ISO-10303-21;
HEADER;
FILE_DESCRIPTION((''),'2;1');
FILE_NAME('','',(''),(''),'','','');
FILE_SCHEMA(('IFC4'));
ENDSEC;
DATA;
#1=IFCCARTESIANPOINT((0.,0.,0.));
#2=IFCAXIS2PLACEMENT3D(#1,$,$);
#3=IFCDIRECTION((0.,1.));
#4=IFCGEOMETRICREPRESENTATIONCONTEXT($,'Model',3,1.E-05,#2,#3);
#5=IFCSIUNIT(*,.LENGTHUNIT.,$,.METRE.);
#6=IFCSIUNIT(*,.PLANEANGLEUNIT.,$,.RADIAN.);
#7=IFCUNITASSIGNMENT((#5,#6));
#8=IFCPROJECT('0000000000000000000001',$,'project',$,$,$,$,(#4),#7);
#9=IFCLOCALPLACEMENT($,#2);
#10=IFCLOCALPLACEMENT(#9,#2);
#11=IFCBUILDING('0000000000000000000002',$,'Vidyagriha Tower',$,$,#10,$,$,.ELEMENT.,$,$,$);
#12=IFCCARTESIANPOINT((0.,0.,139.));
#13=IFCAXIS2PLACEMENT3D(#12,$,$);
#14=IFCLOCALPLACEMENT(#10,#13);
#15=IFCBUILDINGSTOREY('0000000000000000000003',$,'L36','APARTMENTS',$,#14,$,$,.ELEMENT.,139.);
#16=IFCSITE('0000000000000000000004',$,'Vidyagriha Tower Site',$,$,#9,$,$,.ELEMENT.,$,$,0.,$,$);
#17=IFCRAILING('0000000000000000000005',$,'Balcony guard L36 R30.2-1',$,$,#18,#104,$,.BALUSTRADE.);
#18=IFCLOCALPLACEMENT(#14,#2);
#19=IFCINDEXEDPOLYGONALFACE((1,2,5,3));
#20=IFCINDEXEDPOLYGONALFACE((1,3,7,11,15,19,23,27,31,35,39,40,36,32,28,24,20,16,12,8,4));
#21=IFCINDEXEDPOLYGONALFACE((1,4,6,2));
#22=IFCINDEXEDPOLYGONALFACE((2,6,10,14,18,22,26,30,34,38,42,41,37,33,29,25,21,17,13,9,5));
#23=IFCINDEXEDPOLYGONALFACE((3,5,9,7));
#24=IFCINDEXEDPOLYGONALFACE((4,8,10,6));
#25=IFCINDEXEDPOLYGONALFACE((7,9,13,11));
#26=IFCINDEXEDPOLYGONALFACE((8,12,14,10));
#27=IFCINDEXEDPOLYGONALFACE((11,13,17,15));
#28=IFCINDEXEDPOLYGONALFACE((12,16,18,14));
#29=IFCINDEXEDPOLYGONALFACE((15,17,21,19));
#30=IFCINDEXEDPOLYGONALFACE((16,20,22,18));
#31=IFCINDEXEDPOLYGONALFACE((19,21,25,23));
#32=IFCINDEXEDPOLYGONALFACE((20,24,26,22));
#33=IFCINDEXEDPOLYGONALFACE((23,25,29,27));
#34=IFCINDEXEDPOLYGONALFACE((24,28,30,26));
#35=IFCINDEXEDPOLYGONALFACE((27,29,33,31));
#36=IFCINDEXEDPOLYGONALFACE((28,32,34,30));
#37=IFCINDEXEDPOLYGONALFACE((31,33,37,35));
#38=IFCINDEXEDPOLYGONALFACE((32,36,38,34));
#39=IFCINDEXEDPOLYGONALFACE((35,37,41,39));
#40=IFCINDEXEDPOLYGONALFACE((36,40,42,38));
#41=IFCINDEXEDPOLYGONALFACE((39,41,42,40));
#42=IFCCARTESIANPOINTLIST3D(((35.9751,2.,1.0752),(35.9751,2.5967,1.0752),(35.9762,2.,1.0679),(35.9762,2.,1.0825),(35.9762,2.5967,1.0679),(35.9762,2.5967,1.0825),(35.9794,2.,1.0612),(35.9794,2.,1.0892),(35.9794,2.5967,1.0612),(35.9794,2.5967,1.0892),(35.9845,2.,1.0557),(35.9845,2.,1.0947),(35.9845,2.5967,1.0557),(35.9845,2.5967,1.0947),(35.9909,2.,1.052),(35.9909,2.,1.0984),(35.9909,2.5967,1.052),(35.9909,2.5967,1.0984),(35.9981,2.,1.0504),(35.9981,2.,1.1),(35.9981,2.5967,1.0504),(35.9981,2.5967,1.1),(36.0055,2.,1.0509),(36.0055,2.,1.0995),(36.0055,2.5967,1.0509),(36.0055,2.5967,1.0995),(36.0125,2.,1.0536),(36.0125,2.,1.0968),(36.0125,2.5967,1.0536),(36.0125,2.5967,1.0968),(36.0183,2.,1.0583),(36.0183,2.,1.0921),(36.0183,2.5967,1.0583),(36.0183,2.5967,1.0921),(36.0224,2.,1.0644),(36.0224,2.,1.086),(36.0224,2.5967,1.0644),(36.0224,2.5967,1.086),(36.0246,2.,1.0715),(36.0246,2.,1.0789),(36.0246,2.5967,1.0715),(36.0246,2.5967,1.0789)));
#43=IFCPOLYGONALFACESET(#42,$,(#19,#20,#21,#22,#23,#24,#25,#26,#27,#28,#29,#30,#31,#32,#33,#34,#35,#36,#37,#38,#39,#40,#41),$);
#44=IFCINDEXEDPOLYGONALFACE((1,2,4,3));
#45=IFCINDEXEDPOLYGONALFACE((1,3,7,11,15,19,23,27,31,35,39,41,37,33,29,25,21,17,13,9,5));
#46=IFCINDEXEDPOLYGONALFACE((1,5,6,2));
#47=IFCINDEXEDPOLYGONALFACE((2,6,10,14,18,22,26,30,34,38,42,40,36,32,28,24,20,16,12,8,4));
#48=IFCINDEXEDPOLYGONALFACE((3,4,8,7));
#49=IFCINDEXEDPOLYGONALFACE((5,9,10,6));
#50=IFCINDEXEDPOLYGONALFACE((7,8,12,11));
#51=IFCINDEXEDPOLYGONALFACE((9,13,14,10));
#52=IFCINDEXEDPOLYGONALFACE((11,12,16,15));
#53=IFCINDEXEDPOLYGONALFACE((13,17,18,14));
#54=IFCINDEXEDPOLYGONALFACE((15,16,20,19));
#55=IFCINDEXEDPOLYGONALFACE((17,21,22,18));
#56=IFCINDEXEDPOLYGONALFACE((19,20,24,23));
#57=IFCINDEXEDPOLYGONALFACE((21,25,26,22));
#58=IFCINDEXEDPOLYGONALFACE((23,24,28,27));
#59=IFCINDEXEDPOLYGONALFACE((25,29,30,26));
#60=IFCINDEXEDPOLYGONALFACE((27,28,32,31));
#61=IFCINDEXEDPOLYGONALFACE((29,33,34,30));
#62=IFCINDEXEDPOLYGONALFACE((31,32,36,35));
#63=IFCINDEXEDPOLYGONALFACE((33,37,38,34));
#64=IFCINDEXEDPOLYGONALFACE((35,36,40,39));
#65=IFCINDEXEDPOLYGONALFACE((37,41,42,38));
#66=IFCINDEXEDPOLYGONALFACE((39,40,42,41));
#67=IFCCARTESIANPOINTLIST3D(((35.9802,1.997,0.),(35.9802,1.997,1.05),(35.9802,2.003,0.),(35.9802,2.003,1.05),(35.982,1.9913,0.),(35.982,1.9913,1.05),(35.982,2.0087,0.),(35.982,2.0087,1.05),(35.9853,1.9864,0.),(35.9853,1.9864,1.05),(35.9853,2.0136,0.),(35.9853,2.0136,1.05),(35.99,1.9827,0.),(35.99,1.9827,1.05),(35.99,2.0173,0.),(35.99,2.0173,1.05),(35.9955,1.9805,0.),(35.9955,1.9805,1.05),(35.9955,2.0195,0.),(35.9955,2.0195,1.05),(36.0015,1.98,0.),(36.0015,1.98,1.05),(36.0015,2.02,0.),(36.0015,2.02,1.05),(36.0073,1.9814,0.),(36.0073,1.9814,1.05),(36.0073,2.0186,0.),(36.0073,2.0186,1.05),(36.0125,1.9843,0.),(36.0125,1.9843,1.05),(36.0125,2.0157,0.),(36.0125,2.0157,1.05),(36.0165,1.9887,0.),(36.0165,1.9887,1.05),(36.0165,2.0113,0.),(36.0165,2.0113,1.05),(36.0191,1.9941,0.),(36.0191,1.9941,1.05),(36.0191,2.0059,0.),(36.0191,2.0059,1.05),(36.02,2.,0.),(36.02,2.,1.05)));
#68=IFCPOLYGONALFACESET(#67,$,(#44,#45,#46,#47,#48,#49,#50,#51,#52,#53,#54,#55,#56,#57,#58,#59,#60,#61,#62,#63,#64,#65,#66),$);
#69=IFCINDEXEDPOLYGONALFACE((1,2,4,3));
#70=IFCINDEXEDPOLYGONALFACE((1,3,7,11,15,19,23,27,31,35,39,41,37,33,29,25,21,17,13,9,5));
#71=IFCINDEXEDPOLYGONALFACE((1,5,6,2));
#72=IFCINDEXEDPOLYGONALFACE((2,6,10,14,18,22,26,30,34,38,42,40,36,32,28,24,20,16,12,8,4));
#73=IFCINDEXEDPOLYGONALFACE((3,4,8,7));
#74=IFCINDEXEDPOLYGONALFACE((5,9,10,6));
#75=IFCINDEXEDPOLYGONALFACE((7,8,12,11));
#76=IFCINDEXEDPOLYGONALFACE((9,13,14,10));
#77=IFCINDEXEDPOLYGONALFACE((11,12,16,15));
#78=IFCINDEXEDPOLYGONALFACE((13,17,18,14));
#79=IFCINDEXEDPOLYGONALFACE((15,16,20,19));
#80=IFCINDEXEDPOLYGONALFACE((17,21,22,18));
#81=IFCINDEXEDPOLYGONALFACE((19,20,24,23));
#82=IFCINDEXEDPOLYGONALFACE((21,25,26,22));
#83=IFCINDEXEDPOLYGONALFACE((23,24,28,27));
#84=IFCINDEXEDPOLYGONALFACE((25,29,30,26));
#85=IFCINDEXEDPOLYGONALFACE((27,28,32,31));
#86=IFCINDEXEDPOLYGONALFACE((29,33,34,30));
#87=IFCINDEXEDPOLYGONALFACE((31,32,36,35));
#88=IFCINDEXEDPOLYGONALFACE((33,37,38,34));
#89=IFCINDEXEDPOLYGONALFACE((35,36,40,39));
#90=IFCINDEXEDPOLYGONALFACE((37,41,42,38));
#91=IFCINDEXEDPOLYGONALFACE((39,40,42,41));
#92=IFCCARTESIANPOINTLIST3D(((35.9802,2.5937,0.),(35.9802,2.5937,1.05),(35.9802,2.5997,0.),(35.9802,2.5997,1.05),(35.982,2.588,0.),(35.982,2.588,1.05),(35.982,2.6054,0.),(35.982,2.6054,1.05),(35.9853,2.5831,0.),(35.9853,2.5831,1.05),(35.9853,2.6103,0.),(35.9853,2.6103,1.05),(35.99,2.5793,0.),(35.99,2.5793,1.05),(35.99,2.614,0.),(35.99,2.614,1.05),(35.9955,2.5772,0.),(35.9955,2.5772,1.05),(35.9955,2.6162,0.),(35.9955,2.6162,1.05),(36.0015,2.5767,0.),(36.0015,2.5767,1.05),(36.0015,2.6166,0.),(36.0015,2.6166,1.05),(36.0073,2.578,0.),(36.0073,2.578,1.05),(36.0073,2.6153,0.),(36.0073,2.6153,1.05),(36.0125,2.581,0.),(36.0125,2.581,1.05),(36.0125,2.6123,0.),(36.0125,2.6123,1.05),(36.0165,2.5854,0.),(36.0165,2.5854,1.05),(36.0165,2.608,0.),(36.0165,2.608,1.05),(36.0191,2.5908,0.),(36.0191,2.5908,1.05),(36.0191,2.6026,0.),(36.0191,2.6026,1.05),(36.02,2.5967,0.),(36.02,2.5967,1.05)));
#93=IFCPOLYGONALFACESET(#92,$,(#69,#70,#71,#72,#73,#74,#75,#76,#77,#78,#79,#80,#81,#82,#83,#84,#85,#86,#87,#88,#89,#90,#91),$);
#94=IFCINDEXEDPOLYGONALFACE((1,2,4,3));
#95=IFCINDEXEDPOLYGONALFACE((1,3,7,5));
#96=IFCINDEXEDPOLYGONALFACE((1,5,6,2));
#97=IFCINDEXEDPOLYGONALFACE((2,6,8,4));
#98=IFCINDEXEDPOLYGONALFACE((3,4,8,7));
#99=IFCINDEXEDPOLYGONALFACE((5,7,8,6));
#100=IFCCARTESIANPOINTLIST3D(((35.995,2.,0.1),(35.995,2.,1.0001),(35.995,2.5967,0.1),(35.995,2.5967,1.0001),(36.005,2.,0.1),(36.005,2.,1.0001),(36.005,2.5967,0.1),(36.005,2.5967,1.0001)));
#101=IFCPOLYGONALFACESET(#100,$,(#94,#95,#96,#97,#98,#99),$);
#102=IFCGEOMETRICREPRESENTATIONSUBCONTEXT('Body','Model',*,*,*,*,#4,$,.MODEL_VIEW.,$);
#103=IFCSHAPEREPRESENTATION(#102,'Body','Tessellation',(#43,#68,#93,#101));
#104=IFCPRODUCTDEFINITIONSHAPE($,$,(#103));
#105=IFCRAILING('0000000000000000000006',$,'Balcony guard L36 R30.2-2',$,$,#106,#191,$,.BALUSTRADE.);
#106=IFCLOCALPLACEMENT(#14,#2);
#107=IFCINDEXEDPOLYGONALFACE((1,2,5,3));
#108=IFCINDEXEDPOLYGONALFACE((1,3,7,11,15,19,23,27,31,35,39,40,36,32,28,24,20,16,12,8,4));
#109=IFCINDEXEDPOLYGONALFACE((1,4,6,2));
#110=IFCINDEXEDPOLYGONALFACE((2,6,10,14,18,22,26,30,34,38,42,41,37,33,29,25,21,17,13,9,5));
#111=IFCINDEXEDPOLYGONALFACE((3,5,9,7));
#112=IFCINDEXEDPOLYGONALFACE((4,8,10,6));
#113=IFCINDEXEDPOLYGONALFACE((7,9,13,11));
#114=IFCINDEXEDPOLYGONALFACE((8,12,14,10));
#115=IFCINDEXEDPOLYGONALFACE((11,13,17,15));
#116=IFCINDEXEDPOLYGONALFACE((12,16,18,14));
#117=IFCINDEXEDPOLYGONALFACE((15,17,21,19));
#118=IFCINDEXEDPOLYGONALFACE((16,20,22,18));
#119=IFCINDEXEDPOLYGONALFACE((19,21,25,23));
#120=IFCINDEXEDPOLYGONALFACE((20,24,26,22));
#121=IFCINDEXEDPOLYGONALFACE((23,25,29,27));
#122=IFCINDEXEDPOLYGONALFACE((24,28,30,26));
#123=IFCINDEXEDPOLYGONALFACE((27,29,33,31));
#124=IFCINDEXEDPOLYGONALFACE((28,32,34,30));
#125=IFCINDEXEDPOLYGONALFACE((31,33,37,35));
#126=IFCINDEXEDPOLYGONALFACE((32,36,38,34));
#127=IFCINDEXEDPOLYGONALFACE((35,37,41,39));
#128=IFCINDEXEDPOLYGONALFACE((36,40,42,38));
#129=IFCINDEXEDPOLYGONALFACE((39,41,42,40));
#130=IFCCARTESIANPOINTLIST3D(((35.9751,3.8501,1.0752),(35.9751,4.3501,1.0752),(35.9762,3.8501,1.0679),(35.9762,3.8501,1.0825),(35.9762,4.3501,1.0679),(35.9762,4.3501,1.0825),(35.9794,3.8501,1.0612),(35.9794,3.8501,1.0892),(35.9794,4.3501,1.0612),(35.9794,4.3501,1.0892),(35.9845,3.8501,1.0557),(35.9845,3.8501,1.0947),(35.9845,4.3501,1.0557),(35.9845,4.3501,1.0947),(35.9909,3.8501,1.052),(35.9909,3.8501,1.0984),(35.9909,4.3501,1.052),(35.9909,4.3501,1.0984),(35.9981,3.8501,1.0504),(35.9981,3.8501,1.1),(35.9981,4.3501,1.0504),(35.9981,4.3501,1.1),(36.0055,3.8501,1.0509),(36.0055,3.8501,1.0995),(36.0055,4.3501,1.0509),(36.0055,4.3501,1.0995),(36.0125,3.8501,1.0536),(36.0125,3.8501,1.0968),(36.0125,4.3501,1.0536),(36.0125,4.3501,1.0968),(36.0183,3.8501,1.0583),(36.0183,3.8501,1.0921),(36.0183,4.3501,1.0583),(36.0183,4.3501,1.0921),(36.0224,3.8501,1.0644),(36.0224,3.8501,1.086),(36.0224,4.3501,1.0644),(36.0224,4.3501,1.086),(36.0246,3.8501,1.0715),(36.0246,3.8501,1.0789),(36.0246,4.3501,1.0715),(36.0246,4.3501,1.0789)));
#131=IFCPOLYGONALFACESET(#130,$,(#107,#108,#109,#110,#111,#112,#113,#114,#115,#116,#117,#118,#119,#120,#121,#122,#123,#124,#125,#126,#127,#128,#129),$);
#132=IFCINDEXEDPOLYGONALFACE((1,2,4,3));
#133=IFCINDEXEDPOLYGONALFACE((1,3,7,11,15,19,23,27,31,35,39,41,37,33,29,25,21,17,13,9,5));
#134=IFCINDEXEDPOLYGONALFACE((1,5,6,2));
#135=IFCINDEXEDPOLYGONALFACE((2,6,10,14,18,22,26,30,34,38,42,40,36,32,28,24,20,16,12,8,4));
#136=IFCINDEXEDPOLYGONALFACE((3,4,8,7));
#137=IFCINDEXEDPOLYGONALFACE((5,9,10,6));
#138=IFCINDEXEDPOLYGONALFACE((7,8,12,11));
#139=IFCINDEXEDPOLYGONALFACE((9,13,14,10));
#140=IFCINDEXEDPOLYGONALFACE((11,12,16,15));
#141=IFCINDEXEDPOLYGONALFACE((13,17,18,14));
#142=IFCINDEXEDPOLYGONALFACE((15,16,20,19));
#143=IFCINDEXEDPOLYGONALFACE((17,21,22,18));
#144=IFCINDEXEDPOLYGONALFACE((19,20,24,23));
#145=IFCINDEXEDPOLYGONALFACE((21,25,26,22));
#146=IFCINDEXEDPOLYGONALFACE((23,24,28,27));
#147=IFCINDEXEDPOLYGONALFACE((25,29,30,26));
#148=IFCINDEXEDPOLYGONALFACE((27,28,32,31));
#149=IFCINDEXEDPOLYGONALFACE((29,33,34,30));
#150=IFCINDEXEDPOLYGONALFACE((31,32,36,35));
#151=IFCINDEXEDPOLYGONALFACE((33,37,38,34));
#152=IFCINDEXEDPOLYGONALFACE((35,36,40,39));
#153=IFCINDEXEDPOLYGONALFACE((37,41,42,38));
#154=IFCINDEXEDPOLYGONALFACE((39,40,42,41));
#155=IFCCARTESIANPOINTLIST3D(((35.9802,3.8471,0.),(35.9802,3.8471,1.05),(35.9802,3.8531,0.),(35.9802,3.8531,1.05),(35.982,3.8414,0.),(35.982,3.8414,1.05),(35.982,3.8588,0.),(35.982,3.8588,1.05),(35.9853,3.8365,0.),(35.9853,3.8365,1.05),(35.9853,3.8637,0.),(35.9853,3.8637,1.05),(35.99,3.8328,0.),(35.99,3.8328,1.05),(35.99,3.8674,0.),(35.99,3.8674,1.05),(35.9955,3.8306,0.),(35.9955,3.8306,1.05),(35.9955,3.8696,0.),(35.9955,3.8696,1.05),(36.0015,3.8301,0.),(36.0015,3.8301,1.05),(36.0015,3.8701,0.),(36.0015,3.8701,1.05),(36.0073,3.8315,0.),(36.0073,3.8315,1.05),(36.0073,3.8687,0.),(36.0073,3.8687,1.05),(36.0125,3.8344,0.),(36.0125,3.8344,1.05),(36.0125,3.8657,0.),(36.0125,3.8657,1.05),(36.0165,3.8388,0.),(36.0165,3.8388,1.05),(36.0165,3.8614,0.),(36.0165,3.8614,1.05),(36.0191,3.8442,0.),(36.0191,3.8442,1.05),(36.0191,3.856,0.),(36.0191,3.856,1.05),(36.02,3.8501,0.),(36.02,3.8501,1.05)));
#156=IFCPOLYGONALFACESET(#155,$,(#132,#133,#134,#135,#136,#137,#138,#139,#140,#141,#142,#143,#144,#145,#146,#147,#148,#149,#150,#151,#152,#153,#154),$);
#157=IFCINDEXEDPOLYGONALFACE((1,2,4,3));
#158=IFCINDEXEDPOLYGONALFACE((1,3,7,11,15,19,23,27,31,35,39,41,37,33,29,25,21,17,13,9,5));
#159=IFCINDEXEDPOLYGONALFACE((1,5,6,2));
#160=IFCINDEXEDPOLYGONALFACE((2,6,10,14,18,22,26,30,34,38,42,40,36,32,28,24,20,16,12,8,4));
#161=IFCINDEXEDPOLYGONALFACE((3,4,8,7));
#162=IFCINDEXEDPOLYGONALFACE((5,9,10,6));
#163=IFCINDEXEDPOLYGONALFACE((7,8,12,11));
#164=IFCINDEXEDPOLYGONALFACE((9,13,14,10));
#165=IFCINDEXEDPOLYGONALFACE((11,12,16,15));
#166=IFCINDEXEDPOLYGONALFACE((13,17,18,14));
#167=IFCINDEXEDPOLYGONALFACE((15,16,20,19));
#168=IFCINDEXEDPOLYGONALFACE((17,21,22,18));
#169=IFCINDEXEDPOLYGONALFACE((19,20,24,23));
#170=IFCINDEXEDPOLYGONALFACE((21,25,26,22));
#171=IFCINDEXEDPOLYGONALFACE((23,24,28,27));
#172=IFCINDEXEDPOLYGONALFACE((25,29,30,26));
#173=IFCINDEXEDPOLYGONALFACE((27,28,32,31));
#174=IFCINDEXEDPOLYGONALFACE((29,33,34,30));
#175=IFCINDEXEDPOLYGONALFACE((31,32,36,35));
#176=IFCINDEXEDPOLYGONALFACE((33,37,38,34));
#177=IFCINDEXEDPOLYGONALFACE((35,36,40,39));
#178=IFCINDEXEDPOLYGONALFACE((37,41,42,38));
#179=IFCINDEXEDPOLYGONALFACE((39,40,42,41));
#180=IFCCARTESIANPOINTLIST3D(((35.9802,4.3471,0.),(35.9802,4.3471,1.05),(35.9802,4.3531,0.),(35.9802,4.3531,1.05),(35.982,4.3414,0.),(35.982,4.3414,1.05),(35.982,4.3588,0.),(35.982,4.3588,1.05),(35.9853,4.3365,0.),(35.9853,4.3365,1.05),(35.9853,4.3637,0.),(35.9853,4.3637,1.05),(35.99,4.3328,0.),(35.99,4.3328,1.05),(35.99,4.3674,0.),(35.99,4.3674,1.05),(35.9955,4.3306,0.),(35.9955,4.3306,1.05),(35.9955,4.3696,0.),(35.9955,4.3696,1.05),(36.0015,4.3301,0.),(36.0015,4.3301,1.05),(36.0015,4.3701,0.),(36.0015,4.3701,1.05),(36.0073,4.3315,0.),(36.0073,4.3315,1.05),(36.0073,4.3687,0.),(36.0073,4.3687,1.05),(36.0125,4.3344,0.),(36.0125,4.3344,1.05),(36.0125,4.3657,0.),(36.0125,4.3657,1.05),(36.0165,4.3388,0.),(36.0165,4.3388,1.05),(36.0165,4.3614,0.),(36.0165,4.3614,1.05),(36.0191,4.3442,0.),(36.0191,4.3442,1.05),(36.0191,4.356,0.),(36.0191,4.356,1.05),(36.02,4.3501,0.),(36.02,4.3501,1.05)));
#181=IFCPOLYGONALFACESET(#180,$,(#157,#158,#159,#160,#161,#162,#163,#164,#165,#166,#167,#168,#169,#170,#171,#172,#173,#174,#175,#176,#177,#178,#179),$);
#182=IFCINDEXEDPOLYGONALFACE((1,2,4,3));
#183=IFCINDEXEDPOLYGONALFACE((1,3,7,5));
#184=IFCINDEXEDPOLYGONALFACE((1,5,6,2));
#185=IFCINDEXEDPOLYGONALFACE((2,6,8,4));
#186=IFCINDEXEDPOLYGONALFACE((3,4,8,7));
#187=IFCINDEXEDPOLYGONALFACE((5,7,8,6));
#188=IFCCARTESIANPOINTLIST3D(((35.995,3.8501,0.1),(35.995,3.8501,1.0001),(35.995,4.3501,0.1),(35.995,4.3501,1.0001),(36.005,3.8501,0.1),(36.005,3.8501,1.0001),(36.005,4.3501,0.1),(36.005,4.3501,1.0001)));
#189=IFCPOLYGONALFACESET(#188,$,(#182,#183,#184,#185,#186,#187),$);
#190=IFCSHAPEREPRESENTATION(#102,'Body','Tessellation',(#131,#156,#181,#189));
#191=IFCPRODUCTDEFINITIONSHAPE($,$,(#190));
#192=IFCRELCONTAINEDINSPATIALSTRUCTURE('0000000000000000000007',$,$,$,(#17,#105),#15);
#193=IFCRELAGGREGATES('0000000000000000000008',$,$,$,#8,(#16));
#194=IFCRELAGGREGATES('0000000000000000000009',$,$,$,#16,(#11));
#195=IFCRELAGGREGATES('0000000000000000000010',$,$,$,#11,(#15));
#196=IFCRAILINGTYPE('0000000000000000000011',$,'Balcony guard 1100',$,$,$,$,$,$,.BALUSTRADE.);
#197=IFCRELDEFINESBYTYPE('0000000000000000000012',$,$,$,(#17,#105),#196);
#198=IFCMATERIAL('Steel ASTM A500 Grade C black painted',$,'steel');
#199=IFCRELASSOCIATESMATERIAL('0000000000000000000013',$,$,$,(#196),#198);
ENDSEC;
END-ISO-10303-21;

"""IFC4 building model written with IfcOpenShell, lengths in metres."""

from ifc_helpers import new_model, si_unit, direction, frame, origin, origin_2d, place, context, subcontext, project, spatial, rectangle, circle, extrude, material, type_object, element, save


model = new_model("IFC4")

# Units and contexts
model_context = context("Model", 3, precision=1e-05, world=origin(), true_north=direction((0.0, 1.0)))
body_context = subcontext(model_context, "Body", "Model", "MODEL_VIEW")
ifc_project = project(units=[si_unit("LENGTHUNIT", "METRE"), si_unit("PLANEANGLEUNIT", "RADIAN")], contexts=[model_context])

# Site, building, storey
site_placement = place(None, origin())
site = spatial("IfcSite", under=ifc_project, at=site_placement, Name="Vidyagriha Tower Site", CompositionType="ELEMENT", RefElevation=0.0)
building_placement = place(site_placement, origin())
building = spatial("IfcBuilding", under=site, at=building_placement, Name="Vidyagriha Tower", CompositionType="ELEMENT")
storey_placement = place(building_placement, frame((0.0, 0.0, 139.0)))
storey = spatial("IfcBuildingStorey", under=building, at=storey_placement, Name="L36", Description="APARTMENTS", CompositionType="ELEMENT", Elevation=139.0)

# Railings
ifc_material_1 = material(Name="Steel ASTM A500 Grade C black painted", Category="steel")
railing_type_1 = type_object("IfcRailingType", Name="Balcony guard 1100", PredefinedType="BALUSTRADE", material=ifc_material_1)
railing_1_placement = place(storey_placement, frame((36.0, 2.0, 0.0)))
element("IfcRailing", 1, at=railing_1_placement, inside=storey, type_object=railing_type_1, Name="Balcony guard L36 R30.2-1", PredefinedType="BALUSTRADE", context=body_context, shape_type="SweptSolid", body=[
    extrude(circle(Radius=0.0249, at=origin_2d()), frame((0.0, 0.0, 1.0752), z_axis=(0.0, 1.0, 0.0), x_axis=(-1.0, 0.0, 0.0)), (0.0, 0.0, 1.0), 0.5967),
    extrude(circle(Radius=0.02, at=origin_2d()), origin(), (0.0, 0.0, 1.0), 1.05),
    extrude(circle(Radius=0.02, at=origin_2d()), frame((0.0, 0.5967, 0.0)), (0.0, 0.0, 1.0), 1.05),
    extrude(rectangle(XDim=0.01, YDim=0.9001, at=origin_2d()), frame((0.0, 0.0, 0.55), z_axis=(0.0, 1.0, 0.0), x_axis=(-1.0, 0.0, 0.0)), (0.0, 0.0, 1.0), 0.5967),
])
railing_2_placement = place(storey_placement, frame((36.0, 3.8501, 0.0)))
element("IfcRailing", 2, at=railing_2_placement, inside=storey, type_object=railing_type_1, Name="Balcony guard L36 R30.2-2", PredefinedType="BALUSTRADE", context=body_context, shape_type="SweptSolid", body=[
    extrude(circle(Radius=0.0249, at=origin_2d()), frame((0.0, 0.0, 1.0752), z_axis=(0.0, 1.0, 0.0), x_axis=(-1.0, 0.0, 0.0)), (0.0, 0.0, 1.0), 0.5),
    extrude(circle(Radius=0.02, at=origin_2d()), origin(), (0.0, 0.0, 1.0), 1.05),
    extrude(circle(Radius=0.02, at=origin_2d()), frame((0.0, 0.5, 0.0)), (0.0, 0.0, 1.0), 1.05),
    extrude(rectangle(XDim=0.01, YDim=0.9001, at=origin_2d()), frame((0.0, 0.0, 0.55), z_axis=(0.0, 1.0, 0.0), x_axis=(-1.0, 0.0, 0.0)), (0.0, 0.0, 1.0), 0.5),
])

save(model, "model.ifc")
